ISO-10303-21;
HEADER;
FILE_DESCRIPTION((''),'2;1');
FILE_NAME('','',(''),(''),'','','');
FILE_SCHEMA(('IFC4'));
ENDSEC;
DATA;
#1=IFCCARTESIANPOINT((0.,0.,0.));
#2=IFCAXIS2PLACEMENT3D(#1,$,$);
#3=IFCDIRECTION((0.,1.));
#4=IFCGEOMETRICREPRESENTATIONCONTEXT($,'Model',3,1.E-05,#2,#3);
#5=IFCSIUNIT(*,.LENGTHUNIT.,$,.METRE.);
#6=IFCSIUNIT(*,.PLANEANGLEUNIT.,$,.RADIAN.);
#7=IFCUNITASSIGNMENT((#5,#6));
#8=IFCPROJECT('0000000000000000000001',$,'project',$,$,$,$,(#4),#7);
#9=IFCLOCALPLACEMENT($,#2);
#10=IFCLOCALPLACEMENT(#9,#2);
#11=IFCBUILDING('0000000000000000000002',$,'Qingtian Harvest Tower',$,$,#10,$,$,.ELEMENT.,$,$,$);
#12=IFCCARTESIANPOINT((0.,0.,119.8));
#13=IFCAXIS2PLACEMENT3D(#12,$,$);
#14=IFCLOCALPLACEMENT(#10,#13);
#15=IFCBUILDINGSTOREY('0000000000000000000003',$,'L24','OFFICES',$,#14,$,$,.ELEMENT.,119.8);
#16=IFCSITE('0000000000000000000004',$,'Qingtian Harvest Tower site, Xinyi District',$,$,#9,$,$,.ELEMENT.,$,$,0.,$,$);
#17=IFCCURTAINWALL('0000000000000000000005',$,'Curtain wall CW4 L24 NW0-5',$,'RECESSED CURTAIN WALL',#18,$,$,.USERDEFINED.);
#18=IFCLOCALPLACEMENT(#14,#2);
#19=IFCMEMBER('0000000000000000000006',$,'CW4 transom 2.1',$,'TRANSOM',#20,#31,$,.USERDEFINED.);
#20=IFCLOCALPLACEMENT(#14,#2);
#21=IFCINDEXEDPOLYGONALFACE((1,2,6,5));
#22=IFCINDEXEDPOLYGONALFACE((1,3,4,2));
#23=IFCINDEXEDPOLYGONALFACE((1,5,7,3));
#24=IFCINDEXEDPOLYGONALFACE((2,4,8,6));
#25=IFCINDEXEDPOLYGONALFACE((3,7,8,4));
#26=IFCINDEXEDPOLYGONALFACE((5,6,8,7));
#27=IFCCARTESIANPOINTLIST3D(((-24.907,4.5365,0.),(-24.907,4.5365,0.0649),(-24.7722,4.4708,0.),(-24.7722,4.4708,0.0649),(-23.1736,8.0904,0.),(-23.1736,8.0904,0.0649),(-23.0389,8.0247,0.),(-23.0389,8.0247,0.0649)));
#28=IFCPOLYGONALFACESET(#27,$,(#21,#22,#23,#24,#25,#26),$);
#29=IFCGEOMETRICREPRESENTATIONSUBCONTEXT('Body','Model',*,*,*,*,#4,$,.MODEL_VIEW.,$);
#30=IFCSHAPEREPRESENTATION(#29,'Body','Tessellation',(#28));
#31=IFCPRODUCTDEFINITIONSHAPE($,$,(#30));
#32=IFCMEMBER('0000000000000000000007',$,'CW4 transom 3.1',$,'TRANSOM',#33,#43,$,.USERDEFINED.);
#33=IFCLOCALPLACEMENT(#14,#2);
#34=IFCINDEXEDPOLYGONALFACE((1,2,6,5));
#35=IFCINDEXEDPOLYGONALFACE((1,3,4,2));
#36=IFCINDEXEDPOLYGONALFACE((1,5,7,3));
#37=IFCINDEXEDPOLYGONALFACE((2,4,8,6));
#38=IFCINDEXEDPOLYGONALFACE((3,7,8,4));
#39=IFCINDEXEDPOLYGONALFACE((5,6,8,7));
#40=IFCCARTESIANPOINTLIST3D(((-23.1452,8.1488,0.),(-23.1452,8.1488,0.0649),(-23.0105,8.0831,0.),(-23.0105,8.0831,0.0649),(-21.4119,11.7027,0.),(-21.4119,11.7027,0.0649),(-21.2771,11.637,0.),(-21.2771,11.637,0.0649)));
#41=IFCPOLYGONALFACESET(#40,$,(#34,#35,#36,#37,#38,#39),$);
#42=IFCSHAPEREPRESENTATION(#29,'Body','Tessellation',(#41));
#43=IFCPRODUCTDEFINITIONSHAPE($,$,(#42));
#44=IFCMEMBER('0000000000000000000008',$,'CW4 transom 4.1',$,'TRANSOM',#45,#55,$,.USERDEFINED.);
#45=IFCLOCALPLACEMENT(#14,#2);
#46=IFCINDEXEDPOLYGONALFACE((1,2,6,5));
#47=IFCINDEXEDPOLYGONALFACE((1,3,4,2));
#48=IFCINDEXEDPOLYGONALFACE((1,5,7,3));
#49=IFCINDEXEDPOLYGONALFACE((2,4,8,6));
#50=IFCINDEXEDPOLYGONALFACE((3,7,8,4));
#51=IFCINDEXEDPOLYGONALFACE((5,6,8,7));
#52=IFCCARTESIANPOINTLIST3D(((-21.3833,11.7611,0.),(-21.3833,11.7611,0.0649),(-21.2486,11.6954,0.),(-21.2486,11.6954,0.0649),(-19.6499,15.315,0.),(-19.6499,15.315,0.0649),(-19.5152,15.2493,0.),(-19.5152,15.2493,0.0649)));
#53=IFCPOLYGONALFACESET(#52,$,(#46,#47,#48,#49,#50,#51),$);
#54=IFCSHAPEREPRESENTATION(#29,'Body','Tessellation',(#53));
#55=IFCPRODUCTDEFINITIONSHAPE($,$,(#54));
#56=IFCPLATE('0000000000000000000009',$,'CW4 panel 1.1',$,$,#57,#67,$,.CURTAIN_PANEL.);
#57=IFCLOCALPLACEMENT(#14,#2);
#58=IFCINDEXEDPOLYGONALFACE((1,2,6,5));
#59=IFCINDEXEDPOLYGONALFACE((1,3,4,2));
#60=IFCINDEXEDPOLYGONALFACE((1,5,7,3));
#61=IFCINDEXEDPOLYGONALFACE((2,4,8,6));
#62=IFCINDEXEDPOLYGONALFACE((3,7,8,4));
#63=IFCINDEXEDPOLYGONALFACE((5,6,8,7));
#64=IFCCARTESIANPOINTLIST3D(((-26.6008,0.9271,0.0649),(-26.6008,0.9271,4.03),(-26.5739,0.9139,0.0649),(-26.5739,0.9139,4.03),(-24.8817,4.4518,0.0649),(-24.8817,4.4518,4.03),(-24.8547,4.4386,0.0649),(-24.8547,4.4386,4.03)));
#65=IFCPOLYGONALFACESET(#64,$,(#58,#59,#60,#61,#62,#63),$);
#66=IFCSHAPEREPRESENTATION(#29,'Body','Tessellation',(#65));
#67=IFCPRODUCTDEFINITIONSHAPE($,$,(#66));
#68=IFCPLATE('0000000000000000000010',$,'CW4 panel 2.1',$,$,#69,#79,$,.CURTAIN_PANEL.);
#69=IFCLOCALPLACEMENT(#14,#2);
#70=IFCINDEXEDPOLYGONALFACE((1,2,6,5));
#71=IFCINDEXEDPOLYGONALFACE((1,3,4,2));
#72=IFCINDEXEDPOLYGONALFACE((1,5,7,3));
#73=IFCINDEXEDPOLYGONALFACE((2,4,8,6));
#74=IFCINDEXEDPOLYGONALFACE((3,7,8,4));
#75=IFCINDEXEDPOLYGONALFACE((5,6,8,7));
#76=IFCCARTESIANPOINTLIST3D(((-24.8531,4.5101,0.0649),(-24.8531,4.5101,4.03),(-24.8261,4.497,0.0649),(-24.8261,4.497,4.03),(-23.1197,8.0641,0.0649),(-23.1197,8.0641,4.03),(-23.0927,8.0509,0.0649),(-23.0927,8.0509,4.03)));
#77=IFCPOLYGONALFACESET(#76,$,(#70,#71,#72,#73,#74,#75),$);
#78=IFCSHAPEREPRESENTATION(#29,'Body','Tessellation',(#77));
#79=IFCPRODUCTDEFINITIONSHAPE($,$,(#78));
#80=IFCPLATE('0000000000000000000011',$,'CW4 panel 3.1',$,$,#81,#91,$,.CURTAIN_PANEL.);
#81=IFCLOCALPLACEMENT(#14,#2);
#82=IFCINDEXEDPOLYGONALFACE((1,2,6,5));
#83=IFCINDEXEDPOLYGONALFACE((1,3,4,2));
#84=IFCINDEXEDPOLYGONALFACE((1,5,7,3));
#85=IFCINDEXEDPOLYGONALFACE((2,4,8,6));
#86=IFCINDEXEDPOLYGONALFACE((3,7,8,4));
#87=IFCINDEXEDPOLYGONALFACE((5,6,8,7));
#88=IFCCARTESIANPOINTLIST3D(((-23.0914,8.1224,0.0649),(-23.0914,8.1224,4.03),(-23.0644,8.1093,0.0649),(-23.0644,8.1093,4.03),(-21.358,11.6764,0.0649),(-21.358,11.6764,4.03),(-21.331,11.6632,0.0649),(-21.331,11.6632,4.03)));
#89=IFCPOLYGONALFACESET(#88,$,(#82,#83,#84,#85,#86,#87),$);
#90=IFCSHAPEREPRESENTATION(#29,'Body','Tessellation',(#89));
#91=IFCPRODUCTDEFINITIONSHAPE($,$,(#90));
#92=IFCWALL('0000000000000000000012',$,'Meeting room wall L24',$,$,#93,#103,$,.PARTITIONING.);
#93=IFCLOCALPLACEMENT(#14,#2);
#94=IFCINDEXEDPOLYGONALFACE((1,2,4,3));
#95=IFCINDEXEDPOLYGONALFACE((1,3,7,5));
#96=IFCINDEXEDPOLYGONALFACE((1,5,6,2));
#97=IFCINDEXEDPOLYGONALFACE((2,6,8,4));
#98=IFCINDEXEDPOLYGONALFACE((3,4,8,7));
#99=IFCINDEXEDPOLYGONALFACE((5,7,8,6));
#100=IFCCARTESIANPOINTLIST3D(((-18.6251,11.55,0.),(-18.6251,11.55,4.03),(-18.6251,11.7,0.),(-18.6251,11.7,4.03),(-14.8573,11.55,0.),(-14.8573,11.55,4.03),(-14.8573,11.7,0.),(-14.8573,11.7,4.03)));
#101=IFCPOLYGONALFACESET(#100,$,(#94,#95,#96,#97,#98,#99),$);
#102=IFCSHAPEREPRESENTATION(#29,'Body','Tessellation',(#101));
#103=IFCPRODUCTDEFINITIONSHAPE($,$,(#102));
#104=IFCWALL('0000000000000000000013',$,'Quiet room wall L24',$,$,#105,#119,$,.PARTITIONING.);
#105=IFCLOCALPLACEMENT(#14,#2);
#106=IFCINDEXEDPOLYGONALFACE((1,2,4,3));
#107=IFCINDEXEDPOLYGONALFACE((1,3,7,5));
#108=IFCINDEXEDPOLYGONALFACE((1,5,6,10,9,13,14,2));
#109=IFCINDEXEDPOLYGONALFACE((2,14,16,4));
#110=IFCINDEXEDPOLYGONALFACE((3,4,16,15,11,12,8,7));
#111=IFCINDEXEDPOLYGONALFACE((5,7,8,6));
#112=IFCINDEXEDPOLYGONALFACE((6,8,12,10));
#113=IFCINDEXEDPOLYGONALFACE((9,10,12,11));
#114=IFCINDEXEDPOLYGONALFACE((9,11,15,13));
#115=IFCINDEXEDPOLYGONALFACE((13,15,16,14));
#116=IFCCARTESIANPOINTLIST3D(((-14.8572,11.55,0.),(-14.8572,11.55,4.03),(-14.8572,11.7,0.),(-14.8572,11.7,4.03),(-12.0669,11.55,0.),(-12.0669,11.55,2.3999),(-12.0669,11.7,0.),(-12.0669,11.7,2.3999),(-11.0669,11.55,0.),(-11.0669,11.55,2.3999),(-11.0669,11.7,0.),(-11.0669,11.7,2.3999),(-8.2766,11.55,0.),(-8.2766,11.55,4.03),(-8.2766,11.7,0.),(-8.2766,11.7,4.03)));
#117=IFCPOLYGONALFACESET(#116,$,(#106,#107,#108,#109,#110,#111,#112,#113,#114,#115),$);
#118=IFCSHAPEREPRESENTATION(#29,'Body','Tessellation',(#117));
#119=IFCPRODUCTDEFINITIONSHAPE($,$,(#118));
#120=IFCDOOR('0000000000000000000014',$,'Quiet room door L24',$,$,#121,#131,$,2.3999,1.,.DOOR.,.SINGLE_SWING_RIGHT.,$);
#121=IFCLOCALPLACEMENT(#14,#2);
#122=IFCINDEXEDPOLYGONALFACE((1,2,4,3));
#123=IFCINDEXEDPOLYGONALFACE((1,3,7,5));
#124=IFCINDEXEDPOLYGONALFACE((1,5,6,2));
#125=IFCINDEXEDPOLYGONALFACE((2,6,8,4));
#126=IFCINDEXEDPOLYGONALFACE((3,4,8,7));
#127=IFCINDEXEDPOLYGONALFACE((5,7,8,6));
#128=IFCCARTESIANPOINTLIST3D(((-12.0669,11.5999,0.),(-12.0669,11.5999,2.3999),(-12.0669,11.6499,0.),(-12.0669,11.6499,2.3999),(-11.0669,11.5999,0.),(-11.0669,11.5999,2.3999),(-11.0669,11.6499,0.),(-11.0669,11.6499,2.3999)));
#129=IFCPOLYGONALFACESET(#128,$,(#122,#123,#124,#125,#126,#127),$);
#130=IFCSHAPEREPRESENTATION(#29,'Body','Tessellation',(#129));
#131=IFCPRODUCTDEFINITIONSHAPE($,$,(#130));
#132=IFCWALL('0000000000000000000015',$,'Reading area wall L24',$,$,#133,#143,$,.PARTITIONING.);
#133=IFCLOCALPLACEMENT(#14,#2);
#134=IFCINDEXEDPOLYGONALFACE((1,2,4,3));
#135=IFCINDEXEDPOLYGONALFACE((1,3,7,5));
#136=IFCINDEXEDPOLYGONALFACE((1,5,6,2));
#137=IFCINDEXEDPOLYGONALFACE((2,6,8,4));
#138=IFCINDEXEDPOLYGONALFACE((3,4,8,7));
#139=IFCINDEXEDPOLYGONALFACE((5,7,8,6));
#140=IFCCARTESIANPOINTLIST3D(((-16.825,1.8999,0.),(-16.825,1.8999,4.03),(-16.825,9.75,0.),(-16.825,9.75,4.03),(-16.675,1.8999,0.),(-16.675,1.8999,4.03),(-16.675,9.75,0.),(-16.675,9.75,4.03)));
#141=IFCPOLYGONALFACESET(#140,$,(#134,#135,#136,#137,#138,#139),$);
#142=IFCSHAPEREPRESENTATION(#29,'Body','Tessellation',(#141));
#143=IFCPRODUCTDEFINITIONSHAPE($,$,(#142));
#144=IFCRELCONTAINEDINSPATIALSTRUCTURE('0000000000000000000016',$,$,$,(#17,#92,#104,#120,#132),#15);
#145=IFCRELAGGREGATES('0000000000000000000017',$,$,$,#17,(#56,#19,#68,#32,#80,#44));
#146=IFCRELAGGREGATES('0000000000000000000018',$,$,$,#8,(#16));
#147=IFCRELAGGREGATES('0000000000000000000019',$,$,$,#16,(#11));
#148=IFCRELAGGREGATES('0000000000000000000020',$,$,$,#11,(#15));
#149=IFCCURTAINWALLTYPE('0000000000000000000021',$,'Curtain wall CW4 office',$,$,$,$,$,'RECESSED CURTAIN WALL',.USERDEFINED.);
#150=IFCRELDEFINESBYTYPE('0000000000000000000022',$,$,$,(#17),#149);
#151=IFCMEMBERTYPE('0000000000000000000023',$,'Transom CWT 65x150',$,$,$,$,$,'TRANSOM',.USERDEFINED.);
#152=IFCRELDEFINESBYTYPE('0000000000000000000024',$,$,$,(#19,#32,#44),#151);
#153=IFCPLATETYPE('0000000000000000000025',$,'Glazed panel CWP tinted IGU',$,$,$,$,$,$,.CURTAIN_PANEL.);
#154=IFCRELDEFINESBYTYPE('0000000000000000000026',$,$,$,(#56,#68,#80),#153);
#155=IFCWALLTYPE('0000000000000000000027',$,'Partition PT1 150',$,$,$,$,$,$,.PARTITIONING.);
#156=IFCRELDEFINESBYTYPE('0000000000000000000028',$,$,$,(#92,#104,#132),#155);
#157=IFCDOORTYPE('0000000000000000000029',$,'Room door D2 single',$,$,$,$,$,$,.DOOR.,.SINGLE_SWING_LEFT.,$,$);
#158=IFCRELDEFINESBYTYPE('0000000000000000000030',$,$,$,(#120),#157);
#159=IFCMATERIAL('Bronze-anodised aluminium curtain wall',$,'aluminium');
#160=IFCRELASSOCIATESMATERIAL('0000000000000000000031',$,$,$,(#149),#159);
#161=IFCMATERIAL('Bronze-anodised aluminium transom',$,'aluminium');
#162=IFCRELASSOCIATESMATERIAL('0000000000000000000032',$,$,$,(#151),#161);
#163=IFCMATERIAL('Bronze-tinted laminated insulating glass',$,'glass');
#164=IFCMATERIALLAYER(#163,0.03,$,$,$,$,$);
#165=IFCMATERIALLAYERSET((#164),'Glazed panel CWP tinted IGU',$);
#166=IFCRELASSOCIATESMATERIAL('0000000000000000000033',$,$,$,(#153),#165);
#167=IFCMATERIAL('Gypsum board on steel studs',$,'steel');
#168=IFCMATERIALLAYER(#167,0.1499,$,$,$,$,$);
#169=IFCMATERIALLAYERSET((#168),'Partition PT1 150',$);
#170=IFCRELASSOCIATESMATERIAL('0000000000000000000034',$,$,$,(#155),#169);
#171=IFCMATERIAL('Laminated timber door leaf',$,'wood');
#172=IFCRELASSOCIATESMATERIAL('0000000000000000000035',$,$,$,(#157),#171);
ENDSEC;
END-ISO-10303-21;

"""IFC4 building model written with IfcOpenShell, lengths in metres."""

from ifc_helpers import new_model, si_unit, direction, frame, frame_2d, origin, origin_2d, place, context, subcontext, project, spatial, rectangle, extrude, material, layer, layer_set, material_profile, profile_set, type_object, element, fill, aggregate, save


model = new_model("IFC4")

# Units and contexts
model_context = context("Model", 3, precision=1e-05, world=origin(), true_north=direction((0.0, 1.0)))
body_context = subcontext(model_context, "Body", "Model", "MODEL_VIEW")
ifc_project = project(units=[si_unit("LENGTHUNIT", "METRE"), si_unit("PLANEANGLEUNIT", "RADIAN")], contexts=[model_context])

# Site, building, storey
site_placement = place(None, origin())
site = spatial("IfcSite", under=ifc_project, at=site_placement, Name="Qingtian Harvest Tower site, Xinyi District", CompositionType="ELEMENT", RefElevation=0.0)
building_placement = place(site_placement, origin())
building = spatial("IfcBuilding", under=site, at=building_placement, Name="Qingtian Harvest Tower", CompositionType="ELEMENT")
storey_placement = place(building_placement, frame((0.0, 0.0, 119.8)))
storey = spatial("IfcBuildingStorey", under=building, at=storey_placement, Name="L24", Description="OFFICES", CompositionType="ELEMENT", Elevation=119.8)

# Shared definitions
ifc_material_1 = material(Name="Bronze-anodised aluminium curtain wall", Category="aluminium")
curtain_wall_type = type_object("IfcCurtainWallType", Name="Curtain wall CW4 office", ElementType="RECESSED CURTAIN WALL", PredefinedType="USERDEFINED", material=ifc_material_1)

# Curtain wall
curtain_wall_1_placement = place(storey_placement, origin())
curtain_wall_1 = element("IfcCurtainWall", 1, at=curtain_wall_1_placement, inside=storey, type_object=curtain_wall_type, Name="Curtain wall CW4 L24 NW0-5", ObjectType="RECESSED CURTAIN WALL", PredefinedType="USERDEFINED")

# Members
ifc_material_2 = material(Name="Bronze-anodised aluminium transom", Category="aluminium")
ifc_material_profile_1 = material_profile(ifc_material_2, rectangle(XDim=0.1499, YDim=0.0649, at=origin_2d()), Name="AL 65x150")
ifc_profile_set_1 = profile_set([ifc_material_profile_1], Name="Bronze-anodised aluminium transom")
member_type_1 = type_object("IfcMemberType", Name="Transom CWT 65x150", ElementType="TRANSOM", PredefinedType="USERDEFINED", material=ifc_profile_set_1)
member_1_placement = place(storey_placement, frame((-24.8396, 4.5037, 0.0325), z_axis=(0.438375, 0.898792, 0.0), x_axis=(-0.898792, 0.438375, 0.0)))
member_1 = element("IfcMember", 2, at=member_1_placement, type_object=member_type_1, Name="CW4 transom 2.1", ObjectType="TRANSOM", PredefinedType="USERDEFINED", context=body_context, shape_type="SweptSolid", body=[
    extrude(rectangle(XDim=0.1499, YDim=0.0649, at=origin_2d()), origin(), (0.0, 0.0, 1.0), 3.9541),
])
member_2_placement = place(storey_placement, frame((-23.0779, 8.116, 0.0325), z_axis=(0.438375, 0.898792, 0.0), x_axis=(-0.898792, 0.438375, 0.0)))
member_2 = element("IfcMember", 3, at=member_2_placement, type_object=member_type_1, Name="CW4 transom 3.1", ObjectType="TRANSOM", PredefinedType="USERDEFINED", context=body_context, shape_type="SweptSolid", body=[
    extrude(rectangle(XDim=0.1499, YDim=0.0649, at=origin_2d()), origin(), (0.0, 0.0, 1.0), 3.9541),
])
member_3_placement = place(storey_placement, frame((-21.3159, 11.7283, 0.0325), z_axis=(0.438375, 0.898792, 0.0), x_axis=(-0.898792, 0.438375, 0.0)))
member_3 = element("IfcMember", 4, at=member_3_placement, type_object=member_type_1, Name="CW4 transom 4.1", ObjectType="TRANSOM", PredefinedType="USERDEFINED", context=body_context, shape_type="SweptSolid", body=[
    extrude(rectangle(XDim=0.1499, YDim=0.0649, at=origin_2d()), origin(), (0.0, 0.0, 1.0), 3.9541),
])

# Plates
ifc_material_3 = material(Name="Bronze-tinted laminated insulating glass", Category="glass")
ifc_layer_1 = layer(ifc_material_3, 0.03)
ifc_layer_set_1 = layer_set([ifc_layer_1], Name="Glazed panel CWP tinted IGU")
plate_type = type_object("IfcPlateType", Name="Glazed panel CWP tinted IGU", PredefinedType="CURTAIN_PANEL", material=ifc_layer_set_1)
plate_1_placement = place(storey_placement, frame((-25.7278, 2.6829, 0.0649), z_axis=(0.0, 0.0, 1.0), x_axis=(0.438371, 0.898794, 0.0)))
plate_1 = element("IfcPlate", 5, at=plate_1_placement, type_object=plate_type, Name="CW4 panel 1.1", PredefinedType="CURTAIN_PANEL", context=body_context, shape_type="SweptSolid", body=[
    extrude(rectangle(XDim=3.9216, YDim=0.03, at=origin_2d()), origin(), (0.0, 0.0, 1.0), 3.9651),
])
plate_2_placement = place(storey_placement, frame((-23.9729, 6.2805, 0.0649), z_axis=(0.0, 0.0, 1.0), x_axis=(0.438371, 0.898794, 0.0)))
plate_2 = element("IfcPlate", 6, at=plate_2_placement, type_object=plate_type, Name="CW4 panel 2.1", PredefinedType="CURTAIN_PANEL", context=body_context, shape_type="SweptSolid", body=[
    extrude(rectangle(XDim=3.9541, YDim=0.03, at=origin_2d()), origin(), (0.0, 0.0, 1.0), 3.9651),
])
plate_3_placement = place(storey_placement, frame((-22.2112, 9.8928, 0.0649), z_axis=(0.0, 0.0, 1.0), x_axis=(0.438371, 0.898794, 0.0)))
plate_3 = element("IfcPlate", 7, at=plate_3_placement, type_object=plate_type, Name="CW4 panel 3.1", PredefinedType="CURTAIN_PANEL", context=body_context, shape_type="SweptSolid", body=[
    extrude(rectangle(XDim=3.9541, YDim=0.03, at=origin_2d()), origin(), (0.0, 0.0, 1.0), 3.9651),
])
aggregate(curtain_wall_1, [plate_1, member_1, plate_2, member_2, plate_3, member_3])

# Wall
ifc_material_4 = material(Name="Gypsum board on steel studs", Category="steel")
ifc_layer_2 = layer(ifc_material_4, 0.1499)
ifc_layer_set_2 = layer_set([ifc_layer_2], Name="Partition PT1 150")
wall_type = type_object("IfcWallType", Name="Partition PT1 150", PredefinedType="PARTITIONING", material=ifc_layer_set_2)
wall_1_placement = place(storey_placement, frame((-18.625, 11.625, 0.0), z_axis=(0.0, 0.0, 1.0), x_axis=(1.0, 0.0, 0.0)))
element("IfcWall", 8, at=wall_1_placement, inside=storey, type_object=wall_type, Name="Meeting room wall L24", PredefinedType="PARTITIONING", context=body_context, shape_type="SweptSolid", body=[
    extrude(rectangle(XDim=3.7678, YDim=0.1499, at=frame_2d((1.8838, 0.0))), origin(), (0.0, 0.0, 1.0), 4.03),
])

# Wall, opening, door
wall_2_placement = place(storey_placement, frame((-14.8572, 11.625, 0.0), z_axis=(0.0, 0.0, 1.0), x_axis=(1.0, 0.0, 0.0)))
wall_2 = element("IfcWall", 9, at=wall_2_placement, inside=storey, type_object=wall_type, Name="Quiet room wall L24", PredefinedType="PARTITIONING", context=body_context, shape_type="SweptSolid", body=[
    extrude(rectangle(XDim=6.5806, YDim=0.1499, at=frame_2d((3.2903, 0.0))), origin(), (0.0, 0.0, 1.0), 4.03),
])
opening_placement = place(wall_2_placement, frame((2.7903, 0.0, 0.0)))
opening = element("IfcOpeningElement", 10, at=opening_placement, cuts=wall_2, PredefinedType="OPENING", context=body_context, shape_type="SweptSolid", body=[
    extrude(rectangle(XDim=1.0, YDim=2.3999, at=frame_2d((0.5, 1.2))), frame((0.0, 0.085, 0.0), z_axis=(0.0, -1.0, 0.0), x_axis=(1.0, 0.0, 0.0)), (0.0, 0.0, 1.0), 0.1699),
])
ifc_material_5 = material(Name="Laminated timber door leaf", Category="wood")
door_type = type_object("IfcDoorType", Name="Room door D2 single", OperationType="SINGLE_SWING_LEFT", PredefinedType="DOOR", material=ifc_material_5)
door_placement = place(opening_placement, origin())
door = element("IfcDoor", 11, at=door_placement, inside=storey, type_object=door_type, Name="Quiet room door L24", OperationType="SINGLE_SWING_RIGHT", OverallHeight=2.3999, OverallWidth=1.0, PredefinedType="DOOR", context=body_context, shape_type="SweptSolid", body=[
    extrude(rectangle(XDim=1.0, YDim=2.3999, at=frame_2d((0.5, 1.2))), frame((0.0, 0.0249, 0.0), z_axis=(0.0, -1.0, 0.0), x_axis=(1.0, 0.0, 0.0)), (0.0, 0.0, 1.0), 0.05),
])
fill(opening, door)

# Wall
wall_3_placement = place(storey_placement, frame((-16.75, 1.8999, 0.0), z_axis=(0.0, 0.0, 1.0), x_axis=(0.0, 1.0, 0.0)))
element("IfcWall", 12, at=wall_3_placement, inside=storey, type_object=wall_type, Name="Reading area wall L24", PredefinedType="PARTITIONING", context=body_context, shape_type="SweptSolid", body=[
    extrude(rectangle(XDim=7.8501, YDim=0.1499, at=frame_2d((3.925, 0.0))), origin(), (0.0, 0.0, 1.0), 4.03),
])

save(model, "model.ifc")
